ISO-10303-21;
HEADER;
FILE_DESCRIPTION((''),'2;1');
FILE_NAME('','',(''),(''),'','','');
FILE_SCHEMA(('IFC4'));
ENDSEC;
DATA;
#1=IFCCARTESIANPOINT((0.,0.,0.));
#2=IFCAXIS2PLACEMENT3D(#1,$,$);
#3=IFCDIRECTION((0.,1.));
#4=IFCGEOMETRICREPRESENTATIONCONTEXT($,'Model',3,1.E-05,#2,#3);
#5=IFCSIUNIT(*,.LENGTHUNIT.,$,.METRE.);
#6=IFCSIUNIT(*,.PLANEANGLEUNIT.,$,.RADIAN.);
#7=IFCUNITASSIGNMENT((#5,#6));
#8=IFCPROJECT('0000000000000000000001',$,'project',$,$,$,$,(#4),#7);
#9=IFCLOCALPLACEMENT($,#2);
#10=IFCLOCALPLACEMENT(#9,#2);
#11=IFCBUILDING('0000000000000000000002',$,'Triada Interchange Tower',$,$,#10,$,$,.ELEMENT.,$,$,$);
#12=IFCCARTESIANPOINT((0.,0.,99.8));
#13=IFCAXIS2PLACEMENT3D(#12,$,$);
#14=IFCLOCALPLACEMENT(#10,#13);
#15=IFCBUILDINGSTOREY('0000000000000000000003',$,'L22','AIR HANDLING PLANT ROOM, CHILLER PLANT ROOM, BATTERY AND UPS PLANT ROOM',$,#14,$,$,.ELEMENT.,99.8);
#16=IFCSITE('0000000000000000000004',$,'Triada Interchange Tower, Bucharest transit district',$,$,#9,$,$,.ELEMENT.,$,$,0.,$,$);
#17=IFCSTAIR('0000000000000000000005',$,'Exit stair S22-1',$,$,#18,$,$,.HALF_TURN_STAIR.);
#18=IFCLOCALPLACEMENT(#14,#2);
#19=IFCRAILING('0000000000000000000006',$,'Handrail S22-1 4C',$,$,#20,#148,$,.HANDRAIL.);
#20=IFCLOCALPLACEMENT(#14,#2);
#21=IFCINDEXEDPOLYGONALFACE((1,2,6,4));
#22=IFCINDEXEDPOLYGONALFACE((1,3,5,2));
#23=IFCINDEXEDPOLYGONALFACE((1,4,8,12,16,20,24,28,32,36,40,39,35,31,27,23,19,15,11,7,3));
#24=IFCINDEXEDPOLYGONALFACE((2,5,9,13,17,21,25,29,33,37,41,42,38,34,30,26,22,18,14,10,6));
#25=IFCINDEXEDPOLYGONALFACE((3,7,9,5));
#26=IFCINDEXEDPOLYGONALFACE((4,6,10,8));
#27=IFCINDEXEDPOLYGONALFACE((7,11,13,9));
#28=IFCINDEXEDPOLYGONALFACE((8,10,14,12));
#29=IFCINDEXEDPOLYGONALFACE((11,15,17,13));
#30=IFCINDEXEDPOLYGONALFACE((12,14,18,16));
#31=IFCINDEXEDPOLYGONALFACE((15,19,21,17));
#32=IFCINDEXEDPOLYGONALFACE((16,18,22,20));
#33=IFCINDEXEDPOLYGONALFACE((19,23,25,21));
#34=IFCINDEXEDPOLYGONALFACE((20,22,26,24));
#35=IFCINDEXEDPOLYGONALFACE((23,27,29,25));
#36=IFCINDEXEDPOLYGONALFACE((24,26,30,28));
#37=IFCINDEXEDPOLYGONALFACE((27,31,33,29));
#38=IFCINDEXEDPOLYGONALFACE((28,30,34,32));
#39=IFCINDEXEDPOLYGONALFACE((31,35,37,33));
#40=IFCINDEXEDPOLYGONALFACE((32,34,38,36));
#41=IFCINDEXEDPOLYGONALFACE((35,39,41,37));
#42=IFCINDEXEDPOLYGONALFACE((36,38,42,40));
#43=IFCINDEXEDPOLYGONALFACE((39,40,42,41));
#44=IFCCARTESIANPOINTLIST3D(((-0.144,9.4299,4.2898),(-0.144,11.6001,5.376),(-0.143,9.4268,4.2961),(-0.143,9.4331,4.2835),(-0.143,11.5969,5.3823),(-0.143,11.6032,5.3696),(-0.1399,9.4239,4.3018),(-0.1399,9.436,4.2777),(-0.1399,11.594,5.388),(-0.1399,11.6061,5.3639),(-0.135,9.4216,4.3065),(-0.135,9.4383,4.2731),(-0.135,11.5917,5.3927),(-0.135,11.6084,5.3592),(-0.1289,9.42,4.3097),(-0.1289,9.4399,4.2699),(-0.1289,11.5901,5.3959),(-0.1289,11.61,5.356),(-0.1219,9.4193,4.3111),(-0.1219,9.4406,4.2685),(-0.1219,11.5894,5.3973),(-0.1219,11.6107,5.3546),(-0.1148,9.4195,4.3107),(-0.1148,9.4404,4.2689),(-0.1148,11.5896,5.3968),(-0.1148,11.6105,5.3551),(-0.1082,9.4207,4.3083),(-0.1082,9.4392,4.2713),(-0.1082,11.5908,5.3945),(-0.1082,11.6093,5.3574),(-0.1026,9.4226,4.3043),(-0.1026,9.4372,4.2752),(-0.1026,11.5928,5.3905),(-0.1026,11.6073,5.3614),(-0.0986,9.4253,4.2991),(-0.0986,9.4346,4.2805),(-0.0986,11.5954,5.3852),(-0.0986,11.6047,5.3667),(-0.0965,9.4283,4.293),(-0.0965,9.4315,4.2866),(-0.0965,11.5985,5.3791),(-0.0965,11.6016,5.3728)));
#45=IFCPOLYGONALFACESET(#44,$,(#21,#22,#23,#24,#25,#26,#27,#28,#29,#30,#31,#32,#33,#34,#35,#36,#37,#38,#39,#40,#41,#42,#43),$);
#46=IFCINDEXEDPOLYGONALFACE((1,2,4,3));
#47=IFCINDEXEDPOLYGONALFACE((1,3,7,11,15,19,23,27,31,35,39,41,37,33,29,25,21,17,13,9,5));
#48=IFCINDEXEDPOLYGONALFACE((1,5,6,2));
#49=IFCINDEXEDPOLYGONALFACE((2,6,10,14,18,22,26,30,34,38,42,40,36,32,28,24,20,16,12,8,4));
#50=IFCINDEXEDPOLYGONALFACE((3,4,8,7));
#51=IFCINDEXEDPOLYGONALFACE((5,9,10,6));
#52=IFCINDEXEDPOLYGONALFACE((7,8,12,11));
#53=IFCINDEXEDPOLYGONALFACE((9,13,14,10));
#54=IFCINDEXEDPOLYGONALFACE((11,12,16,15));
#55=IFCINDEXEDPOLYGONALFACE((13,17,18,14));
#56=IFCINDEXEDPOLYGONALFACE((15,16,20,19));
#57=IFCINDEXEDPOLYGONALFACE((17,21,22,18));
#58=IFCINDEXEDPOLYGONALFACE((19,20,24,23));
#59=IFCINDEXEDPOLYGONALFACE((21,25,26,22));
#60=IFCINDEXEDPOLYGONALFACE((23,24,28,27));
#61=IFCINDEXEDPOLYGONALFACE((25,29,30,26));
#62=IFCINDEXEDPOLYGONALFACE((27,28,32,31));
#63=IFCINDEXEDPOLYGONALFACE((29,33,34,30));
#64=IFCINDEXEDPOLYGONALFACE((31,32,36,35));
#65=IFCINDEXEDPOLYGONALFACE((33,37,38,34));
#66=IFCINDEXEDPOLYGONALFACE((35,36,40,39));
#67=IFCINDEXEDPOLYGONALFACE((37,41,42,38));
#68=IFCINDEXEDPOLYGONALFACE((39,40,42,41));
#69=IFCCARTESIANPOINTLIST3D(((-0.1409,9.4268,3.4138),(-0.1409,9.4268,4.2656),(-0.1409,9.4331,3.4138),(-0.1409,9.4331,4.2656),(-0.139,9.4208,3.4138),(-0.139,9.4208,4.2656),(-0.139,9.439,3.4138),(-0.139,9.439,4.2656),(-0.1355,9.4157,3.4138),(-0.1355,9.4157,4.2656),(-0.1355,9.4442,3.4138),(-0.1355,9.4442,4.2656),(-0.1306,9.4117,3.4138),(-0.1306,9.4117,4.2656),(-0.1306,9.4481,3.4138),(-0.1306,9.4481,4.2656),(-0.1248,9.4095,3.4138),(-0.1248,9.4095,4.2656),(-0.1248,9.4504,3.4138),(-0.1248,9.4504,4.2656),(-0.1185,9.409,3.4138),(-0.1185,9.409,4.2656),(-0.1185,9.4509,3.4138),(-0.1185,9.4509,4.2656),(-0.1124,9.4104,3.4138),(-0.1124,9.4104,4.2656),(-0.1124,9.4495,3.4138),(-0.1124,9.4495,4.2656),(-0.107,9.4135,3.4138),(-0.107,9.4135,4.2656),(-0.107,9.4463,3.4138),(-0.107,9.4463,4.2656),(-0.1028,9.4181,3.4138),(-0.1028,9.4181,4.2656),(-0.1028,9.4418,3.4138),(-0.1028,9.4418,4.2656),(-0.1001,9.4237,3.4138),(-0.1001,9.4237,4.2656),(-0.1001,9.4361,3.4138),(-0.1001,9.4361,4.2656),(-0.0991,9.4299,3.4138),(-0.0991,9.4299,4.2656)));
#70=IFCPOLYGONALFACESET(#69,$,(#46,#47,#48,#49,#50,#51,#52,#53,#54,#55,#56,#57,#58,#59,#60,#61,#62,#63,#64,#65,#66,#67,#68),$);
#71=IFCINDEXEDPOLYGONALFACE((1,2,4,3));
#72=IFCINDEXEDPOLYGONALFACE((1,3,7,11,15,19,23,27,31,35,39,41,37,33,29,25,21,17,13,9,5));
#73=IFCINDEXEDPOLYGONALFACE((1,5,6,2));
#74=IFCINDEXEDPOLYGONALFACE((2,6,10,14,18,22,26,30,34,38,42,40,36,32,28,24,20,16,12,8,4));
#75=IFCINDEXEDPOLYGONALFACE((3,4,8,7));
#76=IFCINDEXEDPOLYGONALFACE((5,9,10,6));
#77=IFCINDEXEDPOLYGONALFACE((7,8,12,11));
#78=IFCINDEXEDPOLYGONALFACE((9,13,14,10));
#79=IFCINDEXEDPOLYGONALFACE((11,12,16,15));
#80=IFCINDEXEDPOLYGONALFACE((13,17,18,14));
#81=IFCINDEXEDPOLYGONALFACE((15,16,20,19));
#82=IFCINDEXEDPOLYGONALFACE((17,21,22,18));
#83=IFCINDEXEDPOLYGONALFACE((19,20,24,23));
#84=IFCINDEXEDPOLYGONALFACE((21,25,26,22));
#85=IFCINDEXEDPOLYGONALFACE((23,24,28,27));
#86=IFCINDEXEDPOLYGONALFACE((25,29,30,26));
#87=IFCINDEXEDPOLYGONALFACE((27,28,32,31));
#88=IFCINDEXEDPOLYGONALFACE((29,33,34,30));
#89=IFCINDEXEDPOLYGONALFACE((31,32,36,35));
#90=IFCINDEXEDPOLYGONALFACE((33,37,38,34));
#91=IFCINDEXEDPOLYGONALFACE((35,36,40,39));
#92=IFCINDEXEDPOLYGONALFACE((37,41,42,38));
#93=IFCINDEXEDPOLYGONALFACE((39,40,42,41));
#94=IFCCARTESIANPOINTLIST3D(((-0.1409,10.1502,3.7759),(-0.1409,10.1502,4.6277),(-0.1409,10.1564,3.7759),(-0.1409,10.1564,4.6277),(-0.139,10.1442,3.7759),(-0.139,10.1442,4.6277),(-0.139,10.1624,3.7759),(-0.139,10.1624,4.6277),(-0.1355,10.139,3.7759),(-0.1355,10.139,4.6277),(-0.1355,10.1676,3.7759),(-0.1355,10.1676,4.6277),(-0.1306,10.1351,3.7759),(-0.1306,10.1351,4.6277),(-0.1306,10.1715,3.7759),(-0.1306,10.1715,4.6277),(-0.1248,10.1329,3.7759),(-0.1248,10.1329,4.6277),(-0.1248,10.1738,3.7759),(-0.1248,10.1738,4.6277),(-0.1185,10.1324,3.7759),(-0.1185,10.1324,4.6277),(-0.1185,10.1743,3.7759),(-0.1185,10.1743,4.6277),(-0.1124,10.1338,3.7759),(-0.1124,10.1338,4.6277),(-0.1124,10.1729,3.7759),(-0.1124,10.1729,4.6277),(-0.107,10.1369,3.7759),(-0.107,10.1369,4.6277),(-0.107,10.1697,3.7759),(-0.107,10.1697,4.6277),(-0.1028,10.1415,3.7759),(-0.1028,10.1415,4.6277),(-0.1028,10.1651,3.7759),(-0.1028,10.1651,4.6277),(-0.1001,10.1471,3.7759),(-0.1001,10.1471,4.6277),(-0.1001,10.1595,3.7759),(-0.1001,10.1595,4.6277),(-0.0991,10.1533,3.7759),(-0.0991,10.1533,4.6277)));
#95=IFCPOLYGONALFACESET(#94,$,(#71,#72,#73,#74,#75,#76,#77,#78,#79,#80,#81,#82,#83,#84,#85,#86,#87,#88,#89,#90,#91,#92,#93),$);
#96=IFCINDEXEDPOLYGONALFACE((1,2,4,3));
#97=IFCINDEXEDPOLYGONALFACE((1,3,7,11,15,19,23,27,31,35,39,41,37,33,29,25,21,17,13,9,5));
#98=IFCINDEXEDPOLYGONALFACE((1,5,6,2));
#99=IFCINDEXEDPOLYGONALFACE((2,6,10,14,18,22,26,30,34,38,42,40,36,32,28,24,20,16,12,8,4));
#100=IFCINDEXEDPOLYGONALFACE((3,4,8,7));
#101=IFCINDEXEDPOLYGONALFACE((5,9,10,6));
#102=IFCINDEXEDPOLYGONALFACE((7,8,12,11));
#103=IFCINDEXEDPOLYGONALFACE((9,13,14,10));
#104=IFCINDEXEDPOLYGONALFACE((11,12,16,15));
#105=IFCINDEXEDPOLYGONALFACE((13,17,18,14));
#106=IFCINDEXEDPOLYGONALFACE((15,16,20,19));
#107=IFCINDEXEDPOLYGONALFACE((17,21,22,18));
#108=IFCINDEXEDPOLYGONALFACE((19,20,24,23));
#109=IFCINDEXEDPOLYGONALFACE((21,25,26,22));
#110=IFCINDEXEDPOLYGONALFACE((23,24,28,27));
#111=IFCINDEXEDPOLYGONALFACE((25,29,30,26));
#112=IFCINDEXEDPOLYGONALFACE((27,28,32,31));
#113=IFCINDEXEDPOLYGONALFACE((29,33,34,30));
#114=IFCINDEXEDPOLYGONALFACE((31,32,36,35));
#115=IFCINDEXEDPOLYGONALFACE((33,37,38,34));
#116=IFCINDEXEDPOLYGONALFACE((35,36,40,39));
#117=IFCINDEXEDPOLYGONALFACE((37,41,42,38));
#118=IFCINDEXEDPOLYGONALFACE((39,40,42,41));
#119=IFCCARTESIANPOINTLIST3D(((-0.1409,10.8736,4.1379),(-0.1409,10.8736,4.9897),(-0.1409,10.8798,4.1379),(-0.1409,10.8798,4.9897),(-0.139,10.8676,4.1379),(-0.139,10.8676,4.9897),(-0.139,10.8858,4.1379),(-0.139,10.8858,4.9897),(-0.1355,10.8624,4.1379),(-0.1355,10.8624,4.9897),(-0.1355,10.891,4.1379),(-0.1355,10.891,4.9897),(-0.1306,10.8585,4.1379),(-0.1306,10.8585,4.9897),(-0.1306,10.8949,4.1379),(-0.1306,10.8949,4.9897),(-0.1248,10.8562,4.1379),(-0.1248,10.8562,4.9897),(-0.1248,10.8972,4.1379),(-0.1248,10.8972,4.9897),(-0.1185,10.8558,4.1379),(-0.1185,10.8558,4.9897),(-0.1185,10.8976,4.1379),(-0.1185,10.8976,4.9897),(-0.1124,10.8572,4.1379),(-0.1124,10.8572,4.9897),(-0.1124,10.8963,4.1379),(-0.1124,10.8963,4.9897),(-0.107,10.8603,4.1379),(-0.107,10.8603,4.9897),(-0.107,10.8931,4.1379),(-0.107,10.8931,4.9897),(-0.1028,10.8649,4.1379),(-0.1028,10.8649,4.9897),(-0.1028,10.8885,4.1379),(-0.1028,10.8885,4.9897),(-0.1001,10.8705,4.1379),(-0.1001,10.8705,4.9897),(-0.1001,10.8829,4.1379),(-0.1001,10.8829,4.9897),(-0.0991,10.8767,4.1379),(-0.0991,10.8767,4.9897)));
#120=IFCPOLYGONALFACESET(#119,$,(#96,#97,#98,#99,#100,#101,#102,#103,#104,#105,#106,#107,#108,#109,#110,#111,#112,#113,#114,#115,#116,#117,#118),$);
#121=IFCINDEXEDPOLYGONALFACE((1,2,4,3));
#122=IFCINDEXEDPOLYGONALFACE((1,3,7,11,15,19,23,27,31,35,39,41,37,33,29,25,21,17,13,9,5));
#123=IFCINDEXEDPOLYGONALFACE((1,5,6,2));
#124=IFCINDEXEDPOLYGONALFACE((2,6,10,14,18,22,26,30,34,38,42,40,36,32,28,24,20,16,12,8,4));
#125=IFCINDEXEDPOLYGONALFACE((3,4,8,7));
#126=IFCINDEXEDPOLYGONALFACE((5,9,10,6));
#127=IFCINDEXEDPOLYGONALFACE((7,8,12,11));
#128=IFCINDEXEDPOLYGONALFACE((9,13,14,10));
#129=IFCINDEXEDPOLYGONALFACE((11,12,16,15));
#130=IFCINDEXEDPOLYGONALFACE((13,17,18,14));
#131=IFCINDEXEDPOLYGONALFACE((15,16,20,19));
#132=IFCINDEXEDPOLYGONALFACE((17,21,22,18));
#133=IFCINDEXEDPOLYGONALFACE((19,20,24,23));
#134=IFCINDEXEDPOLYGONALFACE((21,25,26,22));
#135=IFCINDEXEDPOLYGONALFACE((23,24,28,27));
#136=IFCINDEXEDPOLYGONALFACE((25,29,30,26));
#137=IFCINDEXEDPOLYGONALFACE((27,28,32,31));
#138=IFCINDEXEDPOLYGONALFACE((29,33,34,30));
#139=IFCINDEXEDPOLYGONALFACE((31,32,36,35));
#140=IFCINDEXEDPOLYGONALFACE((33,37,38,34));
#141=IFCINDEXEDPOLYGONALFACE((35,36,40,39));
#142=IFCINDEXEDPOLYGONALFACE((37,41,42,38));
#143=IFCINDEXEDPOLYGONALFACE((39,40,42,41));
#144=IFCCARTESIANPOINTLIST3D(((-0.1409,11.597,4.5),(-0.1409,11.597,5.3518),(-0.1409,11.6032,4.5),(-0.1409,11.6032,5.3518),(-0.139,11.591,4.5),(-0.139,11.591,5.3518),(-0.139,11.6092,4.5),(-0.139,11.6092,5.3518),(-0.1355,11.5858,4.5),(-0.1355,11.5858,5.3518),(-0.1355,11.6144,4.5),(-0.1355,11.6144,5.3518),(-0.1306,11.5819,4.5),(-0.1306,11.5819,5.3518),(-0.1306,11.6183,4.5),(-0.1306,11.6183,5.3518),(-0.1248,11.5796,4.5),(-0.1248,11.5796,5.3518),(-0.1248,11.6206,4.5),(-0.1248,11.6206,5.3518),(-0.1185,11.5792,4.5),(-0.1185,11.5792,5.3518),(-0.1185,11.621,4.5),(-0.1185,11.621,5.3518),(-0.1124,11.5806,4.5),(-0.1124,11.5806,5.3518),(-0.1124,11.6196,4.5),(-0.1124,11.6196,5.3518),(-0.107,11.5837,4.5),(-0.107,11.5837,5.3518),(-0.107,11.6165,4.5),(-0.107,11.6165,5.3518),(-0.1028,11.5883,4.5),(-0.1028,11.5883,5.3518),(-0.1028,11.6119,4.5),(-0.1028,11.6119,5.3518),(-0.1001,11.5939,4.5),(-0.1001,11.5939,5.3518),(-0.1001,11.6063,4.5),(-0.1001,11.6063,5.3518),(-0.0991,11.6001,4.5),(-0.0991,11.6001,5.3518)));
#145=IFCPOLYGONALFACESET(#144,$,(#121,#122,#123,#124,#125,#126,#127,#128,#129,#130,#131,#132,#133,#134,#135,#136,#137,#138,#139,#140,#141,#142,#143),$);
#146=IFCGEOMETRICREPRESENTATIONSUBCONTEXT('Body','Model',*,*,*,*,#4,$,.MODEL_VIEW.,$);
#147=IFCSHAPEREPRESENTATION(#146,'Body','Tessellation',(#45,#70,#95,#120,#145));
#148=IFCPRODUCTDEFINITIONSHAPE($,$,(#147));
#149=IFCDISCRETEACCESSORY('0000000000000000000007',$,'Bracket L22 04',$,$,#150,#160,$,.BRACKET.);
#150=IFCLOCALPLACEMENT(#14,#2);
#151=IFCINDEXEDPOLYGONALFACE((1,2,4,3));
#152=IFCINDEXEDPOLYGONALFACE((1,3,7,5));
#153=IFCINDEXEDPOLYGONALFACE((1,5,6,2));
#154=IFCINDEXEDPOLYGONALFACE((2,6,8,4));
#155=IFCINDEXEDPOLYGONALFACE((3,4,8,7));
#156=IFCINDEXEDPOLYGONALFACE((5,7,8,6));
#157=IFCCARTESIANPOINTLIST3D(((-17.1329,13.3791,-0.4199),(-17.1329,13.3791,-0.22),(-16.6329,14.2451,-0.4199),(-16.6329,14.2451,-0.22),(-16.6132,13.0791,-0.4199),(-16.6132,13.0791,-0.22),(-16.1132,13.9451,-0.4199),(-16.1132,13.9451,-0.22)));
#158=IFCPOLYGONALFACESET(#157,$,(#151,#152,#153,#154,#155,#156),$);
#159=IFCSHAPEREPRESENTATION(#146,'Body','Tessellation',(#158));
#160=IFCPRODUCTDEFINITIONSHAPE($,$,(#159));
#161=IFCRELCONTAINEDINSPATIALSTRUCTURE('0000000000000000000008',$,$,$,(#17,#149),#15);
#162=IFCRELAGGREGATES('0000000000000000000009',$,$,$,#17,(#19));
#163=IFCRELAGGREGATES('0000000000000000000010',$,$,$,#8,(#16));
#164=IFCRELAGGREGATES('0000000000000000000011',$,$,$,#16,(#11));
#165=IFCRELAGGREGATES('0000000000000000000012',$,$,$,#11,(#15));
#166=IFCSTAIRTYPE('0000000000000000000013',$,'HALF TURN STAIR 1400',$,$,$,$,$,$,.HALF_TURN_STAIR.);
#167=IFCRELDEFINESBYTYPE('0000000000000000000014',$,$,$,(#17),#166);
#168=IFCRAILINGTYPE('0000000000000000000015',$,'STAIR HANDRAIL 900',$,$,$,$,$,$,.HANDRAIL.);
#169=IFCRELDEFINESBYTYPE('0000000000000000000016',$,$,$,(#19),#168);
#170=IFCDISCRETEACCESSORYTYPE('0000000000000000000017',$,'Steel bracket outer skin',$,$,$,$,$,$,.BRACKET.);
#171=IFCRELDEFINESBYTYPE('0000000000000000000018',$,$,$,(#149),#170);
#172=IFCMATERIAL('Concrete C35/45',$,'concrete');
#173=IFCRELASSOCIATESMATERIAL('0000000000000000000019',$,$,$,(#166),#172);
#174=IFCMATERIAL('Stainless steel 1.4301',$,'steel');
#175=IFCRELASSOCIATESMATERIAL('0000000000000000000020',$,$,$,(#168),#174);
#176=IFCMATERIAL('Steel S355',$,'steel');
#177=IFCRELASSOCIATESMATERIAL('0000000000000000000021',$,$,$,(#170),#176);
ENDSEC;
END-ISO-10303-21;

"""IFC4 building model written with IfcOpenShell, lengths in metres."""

from ifc_helpers import new_model, si_unit, direction, frame, origin, origin_2d, place, context, subcontext, project, spatial, rectangle, circle, extrude, material, type_object, element, aggregate, save


model = new_model("IFC4")

# Units and contexts
model_context = context("Model", 3, precision=1e-05, world=origin(), true_north=direction((0.0, 1.0)))
body_context = subcontext(model_context, "Body", "Model", "MODEL_VIEW")
ifc_project = project(units=[si_unit("LENGTHUNIT", "METRE"), si_unit("PLANEANGLEUNIT", "RADIAN")], contexts=[model_context])

# Site, building, storey
site_placement = place(None, origin())
site = spatial("IfcSite", under=ifc_project, at=site_placement, Name="Triada Interchange Tower, Bucharest transit district", CompositionType="ELEMENT", RefElevation=0.0)
building_placement = place(site_placement, origin())
building = spatial("IfcBuilding", under=site, at=building_placement, Name="Triada Interchange Tower", CompositionType="ELEMENT")
storey_placement = place(building_placement, frame((0.0, 0.0, 99.8)))
storey = spatial("IfcBuildingStorey", under=building, at=storey_placement, Name="L22", Description="AIR HANDLING PLANT ROOM, CHILLER PLANT ROOM, BATTERY AND UPS PLANT ROOM", CompositionType="ELEMENT", Elevation=99.8)

# Shared definitions
ifc_material_1 = material(Name="Steel S355", Category="steel")

# Stair
ifc_material_2 = material(Name="Concrete C35/45", Category="concrete")
stair_type = type_object("IfcStairType", Name="HALF TURN STAIR 1400", PredefinedType="HALF_TURN_STAIR", material=ifc_material_2)
stair_placement = place(storey_placement, origin())
stair = element("IfcStair", 1, at=stair_placement, inside=storey, type_object=stair_type, Name="Exit stair S22-1", PredefinedType="HALF_TURN_STAIR")

# Railing
ifc_material_3 = material(Name="Stainless steel 1.4301", Category="steel")
railing_type = type_object("IfcRailingType", Name="STAIR HANDRAIL 900", PredefinedType="HANDRAIL", material=ifc_material_3)
railing_1_placement = place(storey_placement, frame((-0.1201, 9.4299, 3.4138)))
railing_1 = element("IfcRailing", 2, at=railing_1_placement, type_object=railing_type, Name="Handrail S22-1 4C", PredefinedType="HANDRAIL", context=body_context, shape_type="SweptSolid", body=[
    extrude(circle(Radius=0.0239, at=origin_2d()), frame((0.0, 0.0, 0.876), z_axis=(0.0, 0.894246, 0.447576), x_axis=(-1.0, 0.0, 0.0)), (0.0, 0.0, 1.0), 2.4268),
    extrude(circle(Radius=0.021, at=origin_2d()), origin(), (0.0, 0.0, 1.0), 0.8518),
    extrude(circle(Radius=0.021, at=origin_2d()), frame((0.0, 0.7234, 0.3621)), (0.0, 0.0, 1.0), 0.8518),
    extrude(circle(Radius=0.021, at=origin_2d()), frame((0.0, 1.4468, 0.7241)), (0.0, 0.0, 1.0), 0.8518),
    extrude(circle(Radius=0.021, at=origin_2d()), frame((0.0, 2.1702, 1.0862)), (0.0, 0.0, 1.0), 0.8518),
])
aggregate(stair, [railing_1])

# Discrete accessory
discrete_accessory_type = type_object("IfcDiscreteAccessoryType", Name="Steel bracket outer skin", PredefinedType="BRACKET", material=ifc_material_1)
discrete_accessory_placement = place(storey_placement, frame((-16.623, 13.6621, -0.4199), z_axis=(0.0, 0.0, 1.0), x_axis=(-0.86603, 0.499993, 0.0)))
element("IfcDiscreteAccessory", 3, at=discrete_accessory_placement, inside=storey, type_object=discrete_accessory_type, Name="Bracket L22 04", PredefinedType="BRACKET", context=body_context, shape_type="SweptSolid", body=[
    extrude(rectangle(XDim=0.6001, YDim=1.0, at=origin_2d()), origin(), (0.0, 0.0, 1.0), 0.2),
])

save(model, "model.ifc")
